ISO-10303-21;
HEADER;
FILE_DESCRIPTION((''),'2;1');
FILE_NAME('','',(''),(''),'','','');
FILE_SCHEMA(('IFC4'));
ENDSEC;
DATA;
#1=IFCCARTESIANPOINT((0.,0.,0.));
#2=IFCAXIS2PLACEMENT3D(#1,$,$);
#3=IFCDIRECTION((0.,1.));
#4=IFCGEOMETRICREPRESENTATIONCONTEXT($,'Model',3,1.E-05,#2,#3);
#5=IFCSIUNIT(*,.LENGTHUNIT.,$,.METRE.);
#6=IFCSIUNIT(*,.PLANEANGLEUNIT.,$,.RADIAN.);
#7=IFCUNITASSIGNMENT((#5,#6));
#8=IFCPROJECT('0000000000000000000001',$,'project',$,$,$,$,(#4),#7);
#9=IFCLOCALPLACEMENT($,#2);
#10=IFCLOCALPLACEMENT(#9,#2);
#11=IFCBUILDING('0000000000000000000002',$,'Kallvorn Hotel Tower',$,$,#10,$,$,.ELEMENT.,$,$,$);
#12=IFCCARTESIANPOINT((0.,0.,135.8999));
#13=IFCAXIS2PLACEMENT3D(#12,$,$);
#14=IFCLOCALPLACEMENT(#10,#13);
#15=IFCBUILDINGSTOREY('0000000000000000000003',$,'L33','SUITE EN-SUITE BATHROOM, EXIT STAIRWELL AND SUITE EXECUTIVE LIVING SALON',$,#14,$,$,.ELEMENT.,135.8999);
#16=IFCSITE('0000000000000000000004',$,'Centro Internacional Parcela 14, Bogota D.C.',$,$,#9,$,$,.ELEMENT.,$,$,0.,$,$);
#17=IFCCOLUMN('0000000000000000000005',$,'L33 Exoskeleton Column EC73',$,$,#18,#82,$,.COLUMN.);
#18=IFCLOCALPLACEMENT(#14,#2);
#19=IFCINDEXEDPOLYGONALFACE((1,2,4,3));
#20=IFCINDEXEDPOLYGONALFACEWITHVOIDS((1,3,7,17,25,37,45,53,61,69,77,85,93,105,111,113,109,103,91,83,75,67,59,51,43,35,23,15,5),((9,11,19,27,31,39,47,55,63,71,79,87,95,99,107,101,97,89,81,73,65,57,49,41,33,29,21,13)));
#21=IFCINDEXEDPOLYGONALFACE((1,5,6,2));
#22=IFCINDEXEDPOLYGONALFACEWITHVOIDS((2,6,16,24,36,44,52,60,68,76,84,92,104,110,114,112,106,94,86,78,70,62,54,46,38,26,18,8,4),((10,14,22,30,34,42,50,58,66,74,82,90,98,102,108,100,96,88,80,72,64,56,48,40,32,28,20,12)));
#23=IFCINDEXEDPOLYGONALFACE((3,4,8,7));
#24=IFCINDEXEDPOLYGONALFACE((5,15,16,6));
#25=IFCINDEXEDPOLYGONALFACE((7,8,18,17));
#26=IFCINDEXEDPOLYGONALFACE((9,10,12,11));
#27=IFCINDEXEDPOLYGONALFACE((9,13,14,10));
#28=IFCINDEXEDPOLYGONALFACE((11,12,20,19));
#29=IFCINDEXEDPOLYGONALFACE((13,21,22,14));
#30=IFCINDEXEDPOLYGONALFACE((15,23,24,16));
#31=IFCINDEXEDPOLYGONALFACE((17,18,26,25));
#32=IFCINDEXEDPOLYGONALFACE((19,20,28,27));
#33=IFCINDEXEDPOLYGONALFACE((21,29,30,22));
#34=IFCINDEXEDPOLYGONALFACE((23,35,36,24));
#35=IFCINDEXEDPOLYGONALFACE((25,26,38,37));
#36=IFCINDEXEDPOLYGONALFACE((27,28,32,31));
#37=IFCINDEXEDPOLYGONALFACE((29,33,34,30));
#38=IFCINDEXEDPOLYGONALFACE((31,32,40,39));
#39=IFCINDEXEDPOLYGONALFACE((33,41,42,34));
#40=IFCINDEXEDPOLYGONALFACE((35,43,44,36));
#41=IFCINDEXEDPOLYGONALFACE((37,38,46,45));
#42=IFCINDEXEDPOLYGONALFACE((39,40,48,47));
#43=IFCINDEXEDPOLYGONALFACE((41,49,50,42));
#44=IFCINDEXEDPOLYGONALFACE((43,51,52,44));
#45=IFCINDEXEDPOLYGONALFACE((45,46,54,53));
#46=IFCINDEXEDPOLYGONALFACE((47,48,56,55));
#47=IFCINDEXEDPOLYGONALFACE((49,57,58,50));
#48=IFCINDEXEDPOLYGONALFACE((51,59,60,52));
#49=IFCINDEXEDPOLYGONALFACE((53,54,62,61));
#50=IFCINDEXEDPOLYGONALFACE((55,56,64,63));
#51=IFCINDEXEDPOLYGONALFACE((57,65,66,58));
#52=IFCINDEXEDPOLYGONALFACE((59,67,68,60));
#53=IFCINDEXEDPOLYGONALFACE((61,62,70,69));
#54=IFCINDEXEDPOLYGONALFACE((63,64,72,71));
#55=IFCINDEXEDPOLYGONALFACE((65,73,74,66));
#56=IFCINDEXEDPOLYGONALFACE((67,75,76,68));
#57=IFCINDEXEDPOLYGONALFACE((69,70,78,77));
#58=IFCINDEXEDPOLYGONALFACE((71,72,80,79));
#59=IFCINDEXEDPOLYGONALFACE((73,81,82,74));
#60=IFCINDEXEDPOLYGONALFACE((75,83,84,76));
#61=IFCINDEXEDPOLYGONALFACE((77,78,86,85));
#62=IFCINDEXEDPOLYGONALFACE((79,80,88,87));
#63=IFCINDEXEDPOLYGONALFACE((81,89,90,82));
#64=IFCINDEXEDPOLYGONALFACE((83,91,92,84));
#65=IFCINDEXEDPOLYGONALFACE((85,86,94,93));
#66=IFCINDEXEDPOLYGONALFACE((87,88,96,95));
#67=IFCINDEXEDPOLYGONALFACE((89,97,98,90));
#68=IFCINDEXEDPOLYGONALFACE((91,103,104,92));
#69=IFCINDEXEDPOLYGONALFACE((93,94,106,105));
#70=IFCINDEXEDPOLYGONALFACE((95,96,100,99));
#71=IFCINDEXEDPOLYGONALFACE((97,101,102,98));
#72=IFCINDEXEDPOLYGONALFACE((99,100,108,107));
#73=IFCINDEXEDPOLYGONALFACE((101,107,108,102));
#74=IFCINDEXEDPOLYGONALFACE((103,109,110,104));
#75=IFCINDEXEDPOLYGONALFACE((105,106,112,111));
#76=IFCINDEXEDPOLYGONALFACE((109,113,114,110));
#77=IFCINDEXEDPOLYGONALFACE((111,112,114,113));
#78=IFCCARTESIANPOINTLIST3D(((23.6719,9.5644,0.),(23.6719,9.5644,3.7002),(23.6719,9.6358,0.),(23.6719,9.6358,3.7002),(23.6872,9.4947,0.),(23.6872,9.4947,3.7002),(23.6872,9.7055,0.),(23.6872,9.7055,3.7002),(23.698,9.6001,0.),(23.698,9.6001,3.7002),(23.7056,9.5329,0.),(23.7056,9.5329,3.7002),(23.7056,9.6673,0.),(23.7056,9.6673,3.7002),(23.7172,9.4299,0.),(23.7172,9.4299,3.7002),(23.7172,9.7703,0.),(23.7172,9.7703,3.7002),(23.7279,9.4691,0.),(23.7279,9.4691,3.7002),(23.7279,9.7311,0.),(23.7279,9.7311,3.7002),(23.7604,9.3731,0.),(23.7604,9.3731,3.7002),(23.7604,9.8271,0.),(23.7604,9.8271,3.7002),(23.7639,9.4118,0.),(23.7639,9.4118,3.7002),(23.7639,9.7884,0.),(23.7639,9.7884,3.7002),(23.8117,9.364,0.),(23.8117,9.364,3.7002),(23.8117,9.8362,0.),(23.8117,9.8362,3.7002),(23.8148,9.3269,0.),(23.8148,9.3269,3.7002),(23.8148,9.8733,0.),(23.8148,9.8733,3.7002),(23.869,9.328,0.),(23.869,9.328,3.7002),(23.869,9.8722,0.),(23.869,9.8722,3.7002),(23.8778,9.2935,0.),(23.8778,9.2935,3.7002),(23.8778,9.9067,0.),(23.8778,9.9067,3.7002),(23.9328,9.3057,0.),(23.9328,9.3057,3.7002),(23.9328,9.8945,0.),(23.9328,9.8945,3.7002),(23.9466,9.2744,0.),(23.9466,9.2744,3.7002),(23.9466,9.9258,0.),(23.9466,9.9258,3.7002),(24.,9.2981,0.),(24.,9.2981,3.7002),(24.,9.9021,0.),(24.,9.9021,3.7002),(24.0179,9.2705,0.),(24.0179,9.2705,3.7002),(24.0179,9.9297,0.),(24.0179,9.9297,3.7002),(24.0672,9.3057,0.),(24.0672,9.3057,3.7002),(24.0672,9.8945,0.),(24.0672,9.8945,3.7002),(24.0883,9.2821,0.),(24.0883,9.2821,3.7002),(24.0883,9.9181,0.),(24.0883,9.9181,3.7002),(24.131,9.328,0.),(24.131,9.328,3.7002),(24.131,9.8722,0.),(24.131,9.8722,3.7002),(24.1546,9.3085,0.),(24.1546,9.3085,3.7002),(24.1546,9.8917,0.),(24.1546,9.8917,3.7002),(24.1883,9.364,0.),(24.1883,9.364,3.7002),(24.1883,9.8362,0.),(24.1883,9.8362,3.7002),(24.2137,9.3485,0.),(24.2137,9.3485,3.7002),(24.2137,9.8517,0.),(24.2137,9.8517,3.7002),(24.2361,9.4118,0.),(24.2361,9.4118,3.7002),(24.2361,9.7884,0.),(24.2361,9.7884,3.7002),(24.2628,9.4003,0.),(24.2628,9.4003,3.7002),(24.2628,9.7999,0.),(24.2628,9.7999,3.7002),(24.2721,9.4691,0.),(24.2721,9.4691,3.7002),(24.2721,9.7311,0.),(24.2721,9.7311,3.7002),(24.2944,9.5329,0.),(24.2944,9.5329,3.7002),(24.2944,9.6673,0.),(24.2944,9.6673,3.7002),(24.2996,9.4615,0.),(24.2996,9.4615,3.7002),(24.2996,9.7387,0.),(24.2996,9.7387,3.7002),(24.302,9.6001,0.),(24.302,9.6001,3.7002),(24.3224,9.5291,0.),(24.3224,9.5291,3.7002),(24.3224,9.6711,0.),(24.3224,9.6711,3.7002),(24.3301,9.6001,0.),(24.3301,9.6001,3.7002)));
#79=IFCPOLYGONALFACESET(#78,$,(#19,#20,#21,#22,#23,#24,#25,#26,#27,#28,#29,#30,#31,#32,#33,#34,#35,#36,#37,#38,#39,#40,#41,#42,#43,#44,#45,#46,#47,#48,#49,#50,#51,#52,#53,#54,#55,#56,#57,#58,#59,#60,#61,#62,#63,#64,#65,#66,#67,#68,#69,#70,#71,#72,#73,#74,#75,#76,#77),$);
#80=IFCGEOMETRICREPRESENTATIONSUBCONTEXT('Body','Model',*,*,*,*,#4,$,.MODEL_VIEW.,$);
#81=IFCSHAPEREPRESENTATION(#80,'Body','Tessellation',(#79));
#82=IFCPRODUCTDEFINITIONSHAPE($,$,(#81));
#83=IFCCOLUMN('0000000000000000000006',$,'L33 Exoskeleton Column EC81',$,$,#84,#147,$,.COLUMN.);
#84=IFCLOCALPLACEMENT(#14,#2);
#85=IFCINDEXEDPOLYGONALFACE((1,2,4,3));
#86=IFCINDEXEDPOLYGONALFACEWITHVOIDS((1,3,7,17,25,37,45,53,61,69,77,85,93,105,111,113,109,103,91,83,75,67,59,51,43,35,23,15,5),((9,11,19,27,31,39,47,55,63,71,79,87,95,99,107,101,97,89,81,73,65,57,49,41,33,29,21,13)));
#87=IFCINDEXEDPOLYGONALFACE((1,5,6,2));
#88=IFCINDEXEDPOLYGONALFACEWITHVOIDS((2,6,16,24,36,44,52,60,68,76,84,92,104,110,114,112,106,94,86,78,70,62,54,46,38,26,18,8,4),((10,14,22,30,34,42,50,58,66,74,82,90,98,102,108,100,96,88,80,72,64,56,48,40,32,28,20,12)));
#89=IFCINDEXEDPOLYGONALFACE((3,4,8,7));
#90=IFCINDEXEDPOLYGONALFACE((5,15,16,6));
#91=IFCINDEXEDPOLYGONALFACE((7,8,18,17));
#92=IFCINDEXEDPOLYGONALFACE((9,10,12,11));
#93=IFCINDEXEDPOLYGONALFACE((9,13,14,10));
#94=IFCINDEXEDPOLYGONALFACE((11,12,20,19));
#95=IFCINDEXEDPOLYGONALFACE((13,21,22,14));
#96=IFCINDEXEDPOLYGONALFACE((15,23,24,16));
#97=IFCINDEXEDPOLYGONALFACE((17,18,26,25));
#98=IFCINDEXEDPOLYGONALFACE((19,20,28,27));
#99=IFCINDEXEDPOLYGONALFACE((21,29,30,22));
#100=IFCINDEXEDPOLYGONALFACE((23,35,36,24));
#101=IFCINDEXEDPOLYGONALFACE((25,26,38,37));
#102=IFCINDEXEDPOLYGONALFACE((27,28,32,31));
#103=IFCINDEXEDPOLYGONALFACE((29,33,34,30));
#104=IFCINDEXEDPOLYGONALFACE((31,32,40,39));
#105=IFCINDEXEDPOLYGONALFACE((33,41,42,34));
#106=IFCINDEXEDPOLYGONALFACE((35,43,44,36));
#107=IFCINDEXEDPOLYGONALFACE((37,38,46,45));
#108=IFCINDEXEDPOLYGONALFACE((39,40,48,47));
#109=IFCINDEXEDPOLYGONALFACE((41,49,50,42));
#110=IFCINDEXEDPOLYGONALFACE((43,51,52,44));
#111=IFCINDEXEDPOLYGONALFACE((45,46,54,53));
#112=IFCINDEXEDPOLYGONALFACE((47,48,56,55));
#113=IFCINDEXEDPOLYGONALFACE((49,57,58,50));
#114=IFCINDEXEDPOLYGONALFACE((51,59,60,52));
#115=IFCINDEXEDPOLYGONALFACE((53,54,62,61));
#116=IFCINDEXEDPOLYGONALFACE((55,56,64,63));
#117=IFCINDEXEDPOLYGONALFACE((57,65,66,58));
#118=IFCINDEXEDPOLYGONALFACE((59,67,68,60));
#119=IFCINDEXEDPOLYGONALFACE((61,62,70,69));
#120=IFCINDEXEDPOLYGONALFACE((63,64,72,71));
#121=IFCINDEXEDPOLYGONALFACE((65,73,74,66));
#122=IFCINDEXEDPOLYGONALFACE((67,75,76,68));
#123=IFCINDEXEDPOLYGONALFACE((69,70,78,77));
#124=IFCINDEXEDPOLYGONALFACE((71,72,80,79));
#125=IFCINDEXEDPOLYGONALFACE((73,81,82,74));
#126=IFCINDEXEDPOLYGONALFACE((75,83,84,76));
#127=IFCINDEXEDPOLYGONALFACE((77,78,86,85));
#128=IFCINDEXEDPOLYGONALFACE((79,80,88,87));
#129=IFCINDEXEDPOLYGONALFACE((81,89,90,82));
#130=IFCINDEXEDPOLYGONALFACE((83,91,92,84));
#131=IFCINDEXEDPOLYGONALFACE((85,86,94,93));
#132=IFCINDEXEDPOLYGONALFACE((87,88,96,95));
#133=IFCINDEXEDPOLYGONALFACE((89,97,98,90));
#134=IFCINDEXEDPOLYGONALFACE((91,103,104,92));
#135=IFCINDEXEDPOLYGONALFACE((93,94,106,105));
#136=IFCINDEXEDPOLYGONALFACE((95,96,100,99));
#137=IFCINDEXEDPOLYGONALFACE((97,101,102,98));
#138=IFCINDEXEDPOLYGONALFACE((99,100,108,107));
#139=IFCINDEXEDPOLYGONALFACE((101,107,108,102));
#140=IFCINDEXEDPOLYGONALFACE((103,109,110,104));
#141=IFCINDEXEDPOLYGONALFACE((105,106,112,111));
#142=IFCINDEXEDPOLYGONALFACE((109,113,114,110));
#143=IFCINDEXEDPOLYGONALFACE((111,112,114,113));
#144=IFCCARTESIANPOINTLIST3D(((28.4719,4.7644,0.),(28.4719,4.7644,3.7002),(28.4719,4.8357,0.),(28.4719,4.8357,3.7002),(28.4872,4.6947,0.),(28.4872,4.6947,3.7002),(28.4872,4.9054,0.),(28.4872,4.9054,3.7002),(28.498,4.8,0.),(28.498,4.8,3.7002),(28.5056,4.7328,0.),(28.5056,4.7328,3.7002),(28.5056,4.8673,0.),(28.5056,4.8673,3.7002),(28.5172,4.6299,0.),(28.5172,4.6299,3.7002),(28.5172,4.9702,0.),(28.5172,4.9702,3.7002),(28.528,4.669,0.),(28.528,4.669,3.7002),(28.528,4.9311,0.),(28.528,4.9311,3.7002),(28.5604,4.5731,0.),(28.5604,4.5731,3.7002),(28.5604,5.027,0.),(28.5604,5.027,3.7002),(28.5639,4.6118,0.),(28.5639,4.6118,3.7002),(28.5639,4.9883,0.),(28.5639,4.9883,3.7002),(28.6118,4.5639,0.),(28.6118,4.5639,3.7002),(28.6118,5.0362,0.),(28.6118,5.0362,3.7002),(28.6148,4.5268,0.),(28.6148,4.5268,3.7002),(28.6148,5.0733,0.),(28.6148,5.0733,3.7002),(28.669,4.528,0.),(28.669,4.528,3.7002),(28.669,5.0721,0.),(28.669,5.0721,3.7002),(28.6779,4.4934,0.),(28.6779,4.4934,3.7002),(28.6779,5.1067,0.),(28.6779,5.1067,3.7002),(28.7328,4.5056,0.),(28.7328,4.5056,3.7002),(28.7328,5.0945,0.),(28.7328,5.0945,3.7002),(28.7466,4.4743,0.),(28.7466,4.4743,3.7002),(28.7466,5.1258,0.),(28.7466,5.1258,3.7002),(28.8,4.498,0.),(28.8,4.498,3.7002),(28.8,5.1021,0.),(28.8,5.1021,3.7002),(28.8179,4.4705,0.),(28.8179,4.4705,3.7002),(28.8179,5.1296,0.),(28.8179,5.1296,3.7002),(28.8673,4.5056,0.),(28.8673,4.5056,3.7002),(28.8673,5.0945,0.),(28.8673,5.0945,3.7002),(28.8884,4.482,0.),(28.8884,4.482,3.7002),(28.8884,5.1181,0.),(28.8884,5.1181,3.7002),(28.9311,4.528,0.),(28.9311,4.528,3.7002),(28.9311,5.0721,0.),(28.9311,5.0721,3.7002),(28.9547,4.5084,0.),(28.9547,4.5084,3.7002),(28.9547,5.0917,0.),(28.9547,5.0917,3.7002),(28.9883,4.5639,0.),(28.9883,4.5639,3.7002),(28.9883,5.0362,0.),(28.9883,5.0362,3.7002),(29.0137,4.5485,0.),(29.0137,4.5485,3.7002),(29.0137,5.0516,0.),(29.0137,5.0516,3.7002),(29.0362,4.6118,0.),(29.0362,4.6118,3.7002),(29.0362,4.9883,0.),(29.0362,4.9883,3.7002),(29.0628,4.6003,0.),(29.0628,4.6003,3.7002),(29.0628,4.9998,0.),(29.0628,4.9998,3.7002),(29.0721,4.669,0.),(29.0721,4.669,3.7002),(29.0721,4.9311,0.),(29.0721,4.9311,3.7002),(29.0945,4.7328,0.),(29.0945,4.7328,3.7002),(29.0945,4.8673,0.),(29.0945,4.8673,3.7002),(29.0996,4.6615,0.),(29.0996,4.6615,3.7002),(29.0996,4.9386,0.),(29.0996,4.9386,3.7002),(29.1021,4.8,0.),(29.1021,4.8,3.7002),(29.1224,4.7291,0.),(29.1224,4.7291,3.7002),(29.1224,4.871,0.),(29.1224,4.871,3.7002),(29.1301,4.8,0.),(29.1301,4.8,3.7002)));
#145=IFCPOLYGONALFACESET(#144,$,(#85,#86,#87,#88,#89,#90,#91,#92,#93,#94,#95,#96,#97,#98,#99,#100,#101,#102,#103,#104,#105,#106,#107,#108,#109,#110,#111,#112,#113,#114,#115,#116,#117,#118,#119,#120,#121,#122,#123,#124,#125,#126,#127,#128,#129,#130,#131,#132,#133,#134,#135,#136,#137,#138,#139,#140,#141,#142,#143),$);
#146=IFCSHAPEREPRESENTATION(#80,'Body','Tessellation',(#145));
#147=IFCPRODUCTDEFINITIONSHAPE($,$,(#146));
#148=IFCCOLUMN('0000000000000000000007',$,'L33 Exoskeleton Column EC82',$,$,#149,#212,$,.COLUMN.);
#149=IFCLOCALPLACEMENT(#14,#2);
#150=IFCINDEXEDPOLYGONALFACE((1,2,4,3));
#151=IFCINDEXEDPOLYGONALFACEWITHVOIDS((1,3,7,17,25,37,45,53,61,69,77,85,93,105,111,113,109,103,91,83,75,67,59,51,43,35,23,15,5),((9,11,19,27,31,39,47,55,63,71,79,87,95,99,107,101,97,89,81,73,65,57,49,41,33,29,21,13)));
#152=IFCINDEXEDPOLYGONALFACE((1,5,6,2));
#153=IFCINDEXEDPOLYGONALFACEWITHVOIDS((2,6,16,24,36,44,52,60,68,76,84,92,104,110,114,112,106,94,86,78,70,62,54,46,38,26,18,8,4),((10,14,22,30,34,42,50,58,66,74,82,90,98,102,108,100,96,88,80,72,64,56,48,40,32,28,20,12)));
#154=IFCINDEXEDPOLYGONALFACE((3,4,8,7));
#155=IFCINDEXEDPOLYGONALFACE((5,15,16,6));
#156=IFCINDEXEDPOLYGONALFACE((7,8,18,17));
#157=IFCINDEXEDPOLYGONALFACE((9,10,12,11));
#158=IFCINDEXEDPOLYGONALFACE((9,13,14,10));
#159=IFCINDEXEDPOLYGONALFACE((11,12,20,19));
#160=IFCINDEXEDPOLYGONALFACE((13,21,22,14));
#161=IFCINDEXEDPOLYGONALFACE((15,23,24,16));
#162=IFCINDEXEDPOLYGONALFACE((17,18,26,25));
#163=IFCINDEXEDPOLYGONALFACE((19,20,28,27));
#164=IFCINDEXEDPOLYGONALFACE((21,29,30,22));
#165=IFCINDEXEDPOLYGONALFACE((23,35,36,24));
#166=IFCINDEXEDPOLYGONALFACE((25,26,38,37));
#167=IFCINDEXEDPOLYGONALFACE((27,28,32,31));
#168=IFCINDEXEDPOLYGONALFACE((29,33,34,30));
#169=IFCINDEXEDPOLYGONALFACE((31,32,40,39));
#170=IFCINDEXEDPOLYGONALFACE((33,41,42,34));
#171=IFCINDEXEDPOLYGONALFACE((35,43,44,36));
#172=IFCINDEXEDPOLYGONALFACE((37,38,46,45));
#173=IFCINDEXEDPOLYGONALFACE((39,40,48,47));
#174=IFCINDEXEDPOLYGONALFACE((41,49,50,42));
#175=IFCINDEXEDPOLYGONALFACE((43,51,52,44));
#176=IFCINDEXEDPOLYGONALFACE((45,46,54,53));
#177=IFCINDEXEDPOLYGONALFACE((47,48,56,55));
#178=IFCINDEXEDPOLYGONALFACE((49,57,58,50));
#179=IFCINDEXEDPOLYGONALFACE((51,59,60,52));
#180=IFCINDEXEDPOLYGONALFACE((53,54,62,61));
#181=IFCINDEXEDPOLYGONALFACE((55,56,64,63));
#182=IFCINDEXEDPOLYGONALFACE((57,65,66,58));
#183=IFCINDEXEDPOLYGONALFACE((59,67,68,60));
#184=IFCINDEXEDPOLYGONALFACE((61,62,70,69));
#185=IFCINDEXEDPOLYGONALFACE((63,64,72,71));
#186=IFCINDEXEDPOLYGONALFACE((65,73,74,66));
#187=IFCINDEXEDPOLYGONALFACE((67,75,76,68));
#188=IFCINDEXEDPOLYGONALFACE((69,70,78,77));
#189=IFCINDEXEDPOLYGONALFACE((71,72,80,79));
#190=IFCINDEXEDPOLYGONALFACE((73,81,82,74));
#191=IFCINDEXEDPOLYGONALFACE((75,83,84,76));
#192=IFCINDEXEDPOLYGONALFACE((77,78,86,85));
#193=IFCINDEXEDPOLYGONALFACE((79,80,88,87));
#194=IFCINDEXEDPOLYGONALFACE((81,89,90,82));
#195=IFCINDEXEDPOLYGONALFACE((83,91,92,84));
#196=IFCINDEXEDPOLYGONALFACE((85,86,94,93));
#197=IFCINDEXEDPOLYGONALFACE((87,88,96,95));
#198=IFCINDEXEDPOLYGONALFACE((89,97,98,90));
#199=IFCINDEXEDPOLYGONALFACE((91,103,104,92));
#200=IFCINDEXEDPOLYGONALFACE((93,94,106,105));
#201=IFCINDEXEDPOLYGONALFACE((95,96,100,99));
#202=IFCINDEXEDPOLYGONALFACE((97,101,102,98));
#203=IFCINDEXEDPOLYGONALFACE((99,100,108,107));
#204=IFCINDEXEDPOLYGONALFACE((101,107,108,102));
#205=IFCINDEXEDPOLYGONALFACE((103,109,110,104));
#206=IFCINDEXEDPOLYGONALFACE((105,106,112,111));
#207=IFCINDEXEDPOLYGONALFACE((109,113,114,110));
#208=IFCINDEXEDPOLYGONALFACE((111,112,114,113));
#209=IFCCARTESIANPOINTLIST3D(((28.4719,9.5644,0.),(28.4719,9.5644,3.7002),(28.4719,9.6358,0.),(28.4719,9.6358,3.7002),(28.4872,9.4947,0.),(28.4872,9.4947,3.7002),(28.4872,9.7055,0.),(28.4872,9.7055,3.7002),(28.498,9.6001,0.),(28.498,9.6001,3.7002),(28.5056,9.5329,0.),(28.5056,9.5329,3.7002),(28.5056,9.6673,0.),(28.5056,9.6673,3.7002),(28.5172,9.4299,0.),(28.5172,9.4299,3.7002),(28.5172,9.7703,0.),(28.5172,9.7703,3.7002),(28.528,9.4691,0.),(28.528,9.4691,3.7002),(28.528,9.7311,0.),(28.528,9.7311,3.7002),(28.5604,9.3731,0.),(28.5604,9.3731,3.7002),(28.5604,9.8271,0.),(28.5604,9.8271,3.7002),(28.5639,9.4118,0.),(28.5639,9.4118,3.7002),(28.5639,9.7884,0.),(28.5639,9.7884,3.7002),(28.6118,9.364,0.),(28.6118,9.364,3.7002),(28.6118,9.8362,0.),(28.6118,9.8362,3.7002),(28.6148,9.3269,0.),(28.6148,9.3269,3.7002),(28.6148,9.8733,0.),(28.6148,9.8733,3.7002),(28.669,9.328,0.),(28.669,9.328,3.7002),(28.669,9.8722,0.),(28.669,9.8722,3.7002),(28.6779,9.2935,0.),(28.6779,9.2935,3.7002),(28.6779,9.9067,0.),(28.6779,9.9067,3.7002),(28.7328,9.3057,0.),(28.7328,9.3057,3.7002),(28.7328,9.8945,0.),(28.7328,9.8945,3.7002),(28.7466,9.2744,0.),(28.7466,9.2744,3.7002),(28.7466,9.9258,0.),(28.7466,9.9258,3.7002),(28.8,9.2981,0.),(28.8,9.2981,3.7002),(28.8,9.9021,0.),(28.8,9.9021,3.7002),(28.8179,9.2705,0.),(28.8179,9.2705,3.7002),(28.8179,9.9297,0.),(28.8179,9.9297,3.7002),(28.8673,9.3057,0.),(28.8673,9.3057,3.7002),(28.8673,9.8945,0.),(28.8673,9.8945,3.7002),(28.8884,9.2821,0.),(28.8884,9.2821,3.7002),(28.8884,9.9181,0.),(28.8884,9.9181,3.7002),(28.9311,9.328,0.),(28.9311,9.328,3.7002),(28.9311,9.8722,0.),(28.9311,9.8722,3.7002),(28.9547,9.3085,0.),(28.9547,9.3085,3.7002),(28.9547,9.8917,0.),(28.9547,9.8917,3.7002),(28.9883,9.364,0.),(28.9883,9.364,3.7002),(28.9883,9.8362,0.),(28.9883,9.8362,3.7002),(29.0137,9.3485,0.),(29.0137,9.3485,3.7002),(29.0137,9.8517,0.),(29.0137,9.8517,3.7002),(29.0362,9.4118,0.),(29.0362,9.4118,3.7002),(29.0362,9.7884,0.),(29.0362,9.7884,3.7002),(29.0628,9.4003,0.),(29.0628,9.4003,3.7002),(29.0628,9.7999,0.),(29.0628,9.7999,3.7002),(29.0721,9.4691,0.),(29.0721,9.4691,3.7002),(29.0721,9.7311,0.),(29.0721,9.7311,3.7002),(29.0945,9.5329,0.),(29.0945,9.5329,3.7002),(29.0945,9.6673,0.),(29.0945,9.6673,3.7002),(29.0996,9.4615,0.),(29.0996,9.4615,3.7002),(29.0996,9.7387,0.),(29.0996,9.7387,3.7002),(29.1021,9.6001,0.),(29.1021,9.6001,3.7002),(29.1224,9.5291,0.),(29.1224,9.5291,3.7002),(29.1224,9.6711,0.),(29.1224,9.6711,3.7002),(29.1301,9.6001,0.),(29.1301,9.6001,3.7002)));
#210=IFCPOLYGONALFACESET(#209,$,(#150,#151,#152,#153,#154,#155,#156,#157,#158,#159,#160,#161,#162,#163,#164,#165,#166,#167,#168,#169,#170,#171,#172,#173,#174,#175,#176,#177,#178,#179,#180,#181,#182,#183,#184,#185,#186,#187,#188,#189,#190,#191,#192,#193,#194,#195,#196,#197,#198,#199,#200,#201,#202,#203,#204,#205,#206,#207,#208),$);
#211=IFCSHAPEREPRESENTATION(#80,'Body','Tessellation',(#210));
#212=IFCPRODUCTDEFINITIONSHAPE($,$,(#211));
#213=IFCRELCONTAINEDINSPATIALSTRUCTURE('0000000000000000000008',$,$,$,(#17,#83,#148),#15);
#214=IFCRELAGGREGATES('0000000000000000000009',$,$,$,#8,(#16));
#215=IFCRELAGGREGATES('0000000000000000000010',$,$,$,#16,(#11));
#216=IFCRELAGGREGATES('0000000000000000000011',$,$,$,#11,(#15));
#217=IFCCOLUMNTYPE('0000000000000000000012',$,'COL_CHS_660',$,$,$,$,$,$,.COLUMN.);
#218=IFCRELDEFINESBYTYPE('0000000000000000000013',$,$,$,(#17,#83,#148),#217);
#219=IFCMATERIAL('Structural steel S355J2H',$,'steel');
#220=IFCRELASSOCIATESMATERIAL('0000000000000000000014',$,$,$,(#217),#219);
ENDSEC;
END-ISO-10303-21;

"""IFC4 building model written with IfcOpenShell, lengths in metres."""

from ifc_helpers import new_model, si_unit, direction, frame, origin, origin_2d, place, context, subcontext, project, spatial, hollow_circle, extrude, material, material_profile, profile_set, type_object, element, save


model = new_model("IFC4")

# Units and contexts
model_context = context("Model", 3, precision=1e-05, world=origin(), true_north=direction((0.0, 1.0)))
body_context = subcontext(model_context, "Body", "Model", "MODEL_VIEW")
ifc_project = project(units=[si_unit("LENGTHUNIT", "METRE"), si_unit("PLANEANGLEUNIT", "RADIAN")], contexts=[model_context])

# Site, building, storey
site_placement = place(None, origin())
site = spatial("IfcSite", under=ifc_project, at=site_placement, Name="Centro Internacional Parcela 14, Bogota D.C.", CompositionType="ELEMENT", RefElevation=0.0)
building_placement = place(site_placement, origin())
building = spatial("IfcBuilding", under=site, at=building_placement, Name="Kallvorn Hotel Tower", CompositionType="ELEMENT")
storey_placement = place(building_placement, frame((0.0, 0.0, 135.8999)))
storey = spatial("IfcBuildingStorey", under=building, at=storey_placement, Name="L33", Description="SUITE EN-SUITE BATHROOM, EXIT STAIRWELL AND SUITE EXECUTIVE LIVING SALON", CompositionType="ELEMENT", Elevation=135.8999)

# Columns
ifc_material_1 = material(Name="Structural steel S355J2H", Category="steel")
ifc_material_profile_1 = material_profile(ifc_material_1, hollow_circle(Radius=0.3301, WallThickness=0.0281, at=origin_2d()), Name="CHS 660x28")
ifc_profile_set_1 = profile_set([ifc_material_profile_1], Name="Structural steel S355J2H")
column_type_1 = type_object("IfcColumnType", Name="COL_CHS_660", PredefinedType="COLUMN", material=ifc_profile_set_1)
for number, where, z_axis, x_axis, name in (
    (1, (24.0, 9.6001, 0.0), (0.0, 0.0, 1.0), (1.0, 0.0, 0.0), "L33 Exoskeleton Column EC73"),
    (2, (28.8, 4.8, 0.0), (0.0, 0.0, 1.0), (1.0, 0.0, 0.0), "L33 Exoskeleton Column EC81"),
    (3, (28.8, 9.6001, 0.0), (0.0, 0.0, 1.0), (1.0, 0.0, 0.0), "L33 Exoskeleton Column EC82"),
):
    element("IfcColumn", number, at=place(storey_placement, frame(where, z_axis=z_axis, x_axis=x_axis)), inside=storey, type_object=column_type_1, Name=name, PredefinedType="COLUMN", context=body_context, shape_type="SweptSolid", body=[
        extrude(hollow_circle(Radius=0.3301, WallThickness=0.0281, at=origin_2d()), origin(), (0.0, 0.0, 1.0), 3.7002),
    ])

save(model, "model.ifc")
